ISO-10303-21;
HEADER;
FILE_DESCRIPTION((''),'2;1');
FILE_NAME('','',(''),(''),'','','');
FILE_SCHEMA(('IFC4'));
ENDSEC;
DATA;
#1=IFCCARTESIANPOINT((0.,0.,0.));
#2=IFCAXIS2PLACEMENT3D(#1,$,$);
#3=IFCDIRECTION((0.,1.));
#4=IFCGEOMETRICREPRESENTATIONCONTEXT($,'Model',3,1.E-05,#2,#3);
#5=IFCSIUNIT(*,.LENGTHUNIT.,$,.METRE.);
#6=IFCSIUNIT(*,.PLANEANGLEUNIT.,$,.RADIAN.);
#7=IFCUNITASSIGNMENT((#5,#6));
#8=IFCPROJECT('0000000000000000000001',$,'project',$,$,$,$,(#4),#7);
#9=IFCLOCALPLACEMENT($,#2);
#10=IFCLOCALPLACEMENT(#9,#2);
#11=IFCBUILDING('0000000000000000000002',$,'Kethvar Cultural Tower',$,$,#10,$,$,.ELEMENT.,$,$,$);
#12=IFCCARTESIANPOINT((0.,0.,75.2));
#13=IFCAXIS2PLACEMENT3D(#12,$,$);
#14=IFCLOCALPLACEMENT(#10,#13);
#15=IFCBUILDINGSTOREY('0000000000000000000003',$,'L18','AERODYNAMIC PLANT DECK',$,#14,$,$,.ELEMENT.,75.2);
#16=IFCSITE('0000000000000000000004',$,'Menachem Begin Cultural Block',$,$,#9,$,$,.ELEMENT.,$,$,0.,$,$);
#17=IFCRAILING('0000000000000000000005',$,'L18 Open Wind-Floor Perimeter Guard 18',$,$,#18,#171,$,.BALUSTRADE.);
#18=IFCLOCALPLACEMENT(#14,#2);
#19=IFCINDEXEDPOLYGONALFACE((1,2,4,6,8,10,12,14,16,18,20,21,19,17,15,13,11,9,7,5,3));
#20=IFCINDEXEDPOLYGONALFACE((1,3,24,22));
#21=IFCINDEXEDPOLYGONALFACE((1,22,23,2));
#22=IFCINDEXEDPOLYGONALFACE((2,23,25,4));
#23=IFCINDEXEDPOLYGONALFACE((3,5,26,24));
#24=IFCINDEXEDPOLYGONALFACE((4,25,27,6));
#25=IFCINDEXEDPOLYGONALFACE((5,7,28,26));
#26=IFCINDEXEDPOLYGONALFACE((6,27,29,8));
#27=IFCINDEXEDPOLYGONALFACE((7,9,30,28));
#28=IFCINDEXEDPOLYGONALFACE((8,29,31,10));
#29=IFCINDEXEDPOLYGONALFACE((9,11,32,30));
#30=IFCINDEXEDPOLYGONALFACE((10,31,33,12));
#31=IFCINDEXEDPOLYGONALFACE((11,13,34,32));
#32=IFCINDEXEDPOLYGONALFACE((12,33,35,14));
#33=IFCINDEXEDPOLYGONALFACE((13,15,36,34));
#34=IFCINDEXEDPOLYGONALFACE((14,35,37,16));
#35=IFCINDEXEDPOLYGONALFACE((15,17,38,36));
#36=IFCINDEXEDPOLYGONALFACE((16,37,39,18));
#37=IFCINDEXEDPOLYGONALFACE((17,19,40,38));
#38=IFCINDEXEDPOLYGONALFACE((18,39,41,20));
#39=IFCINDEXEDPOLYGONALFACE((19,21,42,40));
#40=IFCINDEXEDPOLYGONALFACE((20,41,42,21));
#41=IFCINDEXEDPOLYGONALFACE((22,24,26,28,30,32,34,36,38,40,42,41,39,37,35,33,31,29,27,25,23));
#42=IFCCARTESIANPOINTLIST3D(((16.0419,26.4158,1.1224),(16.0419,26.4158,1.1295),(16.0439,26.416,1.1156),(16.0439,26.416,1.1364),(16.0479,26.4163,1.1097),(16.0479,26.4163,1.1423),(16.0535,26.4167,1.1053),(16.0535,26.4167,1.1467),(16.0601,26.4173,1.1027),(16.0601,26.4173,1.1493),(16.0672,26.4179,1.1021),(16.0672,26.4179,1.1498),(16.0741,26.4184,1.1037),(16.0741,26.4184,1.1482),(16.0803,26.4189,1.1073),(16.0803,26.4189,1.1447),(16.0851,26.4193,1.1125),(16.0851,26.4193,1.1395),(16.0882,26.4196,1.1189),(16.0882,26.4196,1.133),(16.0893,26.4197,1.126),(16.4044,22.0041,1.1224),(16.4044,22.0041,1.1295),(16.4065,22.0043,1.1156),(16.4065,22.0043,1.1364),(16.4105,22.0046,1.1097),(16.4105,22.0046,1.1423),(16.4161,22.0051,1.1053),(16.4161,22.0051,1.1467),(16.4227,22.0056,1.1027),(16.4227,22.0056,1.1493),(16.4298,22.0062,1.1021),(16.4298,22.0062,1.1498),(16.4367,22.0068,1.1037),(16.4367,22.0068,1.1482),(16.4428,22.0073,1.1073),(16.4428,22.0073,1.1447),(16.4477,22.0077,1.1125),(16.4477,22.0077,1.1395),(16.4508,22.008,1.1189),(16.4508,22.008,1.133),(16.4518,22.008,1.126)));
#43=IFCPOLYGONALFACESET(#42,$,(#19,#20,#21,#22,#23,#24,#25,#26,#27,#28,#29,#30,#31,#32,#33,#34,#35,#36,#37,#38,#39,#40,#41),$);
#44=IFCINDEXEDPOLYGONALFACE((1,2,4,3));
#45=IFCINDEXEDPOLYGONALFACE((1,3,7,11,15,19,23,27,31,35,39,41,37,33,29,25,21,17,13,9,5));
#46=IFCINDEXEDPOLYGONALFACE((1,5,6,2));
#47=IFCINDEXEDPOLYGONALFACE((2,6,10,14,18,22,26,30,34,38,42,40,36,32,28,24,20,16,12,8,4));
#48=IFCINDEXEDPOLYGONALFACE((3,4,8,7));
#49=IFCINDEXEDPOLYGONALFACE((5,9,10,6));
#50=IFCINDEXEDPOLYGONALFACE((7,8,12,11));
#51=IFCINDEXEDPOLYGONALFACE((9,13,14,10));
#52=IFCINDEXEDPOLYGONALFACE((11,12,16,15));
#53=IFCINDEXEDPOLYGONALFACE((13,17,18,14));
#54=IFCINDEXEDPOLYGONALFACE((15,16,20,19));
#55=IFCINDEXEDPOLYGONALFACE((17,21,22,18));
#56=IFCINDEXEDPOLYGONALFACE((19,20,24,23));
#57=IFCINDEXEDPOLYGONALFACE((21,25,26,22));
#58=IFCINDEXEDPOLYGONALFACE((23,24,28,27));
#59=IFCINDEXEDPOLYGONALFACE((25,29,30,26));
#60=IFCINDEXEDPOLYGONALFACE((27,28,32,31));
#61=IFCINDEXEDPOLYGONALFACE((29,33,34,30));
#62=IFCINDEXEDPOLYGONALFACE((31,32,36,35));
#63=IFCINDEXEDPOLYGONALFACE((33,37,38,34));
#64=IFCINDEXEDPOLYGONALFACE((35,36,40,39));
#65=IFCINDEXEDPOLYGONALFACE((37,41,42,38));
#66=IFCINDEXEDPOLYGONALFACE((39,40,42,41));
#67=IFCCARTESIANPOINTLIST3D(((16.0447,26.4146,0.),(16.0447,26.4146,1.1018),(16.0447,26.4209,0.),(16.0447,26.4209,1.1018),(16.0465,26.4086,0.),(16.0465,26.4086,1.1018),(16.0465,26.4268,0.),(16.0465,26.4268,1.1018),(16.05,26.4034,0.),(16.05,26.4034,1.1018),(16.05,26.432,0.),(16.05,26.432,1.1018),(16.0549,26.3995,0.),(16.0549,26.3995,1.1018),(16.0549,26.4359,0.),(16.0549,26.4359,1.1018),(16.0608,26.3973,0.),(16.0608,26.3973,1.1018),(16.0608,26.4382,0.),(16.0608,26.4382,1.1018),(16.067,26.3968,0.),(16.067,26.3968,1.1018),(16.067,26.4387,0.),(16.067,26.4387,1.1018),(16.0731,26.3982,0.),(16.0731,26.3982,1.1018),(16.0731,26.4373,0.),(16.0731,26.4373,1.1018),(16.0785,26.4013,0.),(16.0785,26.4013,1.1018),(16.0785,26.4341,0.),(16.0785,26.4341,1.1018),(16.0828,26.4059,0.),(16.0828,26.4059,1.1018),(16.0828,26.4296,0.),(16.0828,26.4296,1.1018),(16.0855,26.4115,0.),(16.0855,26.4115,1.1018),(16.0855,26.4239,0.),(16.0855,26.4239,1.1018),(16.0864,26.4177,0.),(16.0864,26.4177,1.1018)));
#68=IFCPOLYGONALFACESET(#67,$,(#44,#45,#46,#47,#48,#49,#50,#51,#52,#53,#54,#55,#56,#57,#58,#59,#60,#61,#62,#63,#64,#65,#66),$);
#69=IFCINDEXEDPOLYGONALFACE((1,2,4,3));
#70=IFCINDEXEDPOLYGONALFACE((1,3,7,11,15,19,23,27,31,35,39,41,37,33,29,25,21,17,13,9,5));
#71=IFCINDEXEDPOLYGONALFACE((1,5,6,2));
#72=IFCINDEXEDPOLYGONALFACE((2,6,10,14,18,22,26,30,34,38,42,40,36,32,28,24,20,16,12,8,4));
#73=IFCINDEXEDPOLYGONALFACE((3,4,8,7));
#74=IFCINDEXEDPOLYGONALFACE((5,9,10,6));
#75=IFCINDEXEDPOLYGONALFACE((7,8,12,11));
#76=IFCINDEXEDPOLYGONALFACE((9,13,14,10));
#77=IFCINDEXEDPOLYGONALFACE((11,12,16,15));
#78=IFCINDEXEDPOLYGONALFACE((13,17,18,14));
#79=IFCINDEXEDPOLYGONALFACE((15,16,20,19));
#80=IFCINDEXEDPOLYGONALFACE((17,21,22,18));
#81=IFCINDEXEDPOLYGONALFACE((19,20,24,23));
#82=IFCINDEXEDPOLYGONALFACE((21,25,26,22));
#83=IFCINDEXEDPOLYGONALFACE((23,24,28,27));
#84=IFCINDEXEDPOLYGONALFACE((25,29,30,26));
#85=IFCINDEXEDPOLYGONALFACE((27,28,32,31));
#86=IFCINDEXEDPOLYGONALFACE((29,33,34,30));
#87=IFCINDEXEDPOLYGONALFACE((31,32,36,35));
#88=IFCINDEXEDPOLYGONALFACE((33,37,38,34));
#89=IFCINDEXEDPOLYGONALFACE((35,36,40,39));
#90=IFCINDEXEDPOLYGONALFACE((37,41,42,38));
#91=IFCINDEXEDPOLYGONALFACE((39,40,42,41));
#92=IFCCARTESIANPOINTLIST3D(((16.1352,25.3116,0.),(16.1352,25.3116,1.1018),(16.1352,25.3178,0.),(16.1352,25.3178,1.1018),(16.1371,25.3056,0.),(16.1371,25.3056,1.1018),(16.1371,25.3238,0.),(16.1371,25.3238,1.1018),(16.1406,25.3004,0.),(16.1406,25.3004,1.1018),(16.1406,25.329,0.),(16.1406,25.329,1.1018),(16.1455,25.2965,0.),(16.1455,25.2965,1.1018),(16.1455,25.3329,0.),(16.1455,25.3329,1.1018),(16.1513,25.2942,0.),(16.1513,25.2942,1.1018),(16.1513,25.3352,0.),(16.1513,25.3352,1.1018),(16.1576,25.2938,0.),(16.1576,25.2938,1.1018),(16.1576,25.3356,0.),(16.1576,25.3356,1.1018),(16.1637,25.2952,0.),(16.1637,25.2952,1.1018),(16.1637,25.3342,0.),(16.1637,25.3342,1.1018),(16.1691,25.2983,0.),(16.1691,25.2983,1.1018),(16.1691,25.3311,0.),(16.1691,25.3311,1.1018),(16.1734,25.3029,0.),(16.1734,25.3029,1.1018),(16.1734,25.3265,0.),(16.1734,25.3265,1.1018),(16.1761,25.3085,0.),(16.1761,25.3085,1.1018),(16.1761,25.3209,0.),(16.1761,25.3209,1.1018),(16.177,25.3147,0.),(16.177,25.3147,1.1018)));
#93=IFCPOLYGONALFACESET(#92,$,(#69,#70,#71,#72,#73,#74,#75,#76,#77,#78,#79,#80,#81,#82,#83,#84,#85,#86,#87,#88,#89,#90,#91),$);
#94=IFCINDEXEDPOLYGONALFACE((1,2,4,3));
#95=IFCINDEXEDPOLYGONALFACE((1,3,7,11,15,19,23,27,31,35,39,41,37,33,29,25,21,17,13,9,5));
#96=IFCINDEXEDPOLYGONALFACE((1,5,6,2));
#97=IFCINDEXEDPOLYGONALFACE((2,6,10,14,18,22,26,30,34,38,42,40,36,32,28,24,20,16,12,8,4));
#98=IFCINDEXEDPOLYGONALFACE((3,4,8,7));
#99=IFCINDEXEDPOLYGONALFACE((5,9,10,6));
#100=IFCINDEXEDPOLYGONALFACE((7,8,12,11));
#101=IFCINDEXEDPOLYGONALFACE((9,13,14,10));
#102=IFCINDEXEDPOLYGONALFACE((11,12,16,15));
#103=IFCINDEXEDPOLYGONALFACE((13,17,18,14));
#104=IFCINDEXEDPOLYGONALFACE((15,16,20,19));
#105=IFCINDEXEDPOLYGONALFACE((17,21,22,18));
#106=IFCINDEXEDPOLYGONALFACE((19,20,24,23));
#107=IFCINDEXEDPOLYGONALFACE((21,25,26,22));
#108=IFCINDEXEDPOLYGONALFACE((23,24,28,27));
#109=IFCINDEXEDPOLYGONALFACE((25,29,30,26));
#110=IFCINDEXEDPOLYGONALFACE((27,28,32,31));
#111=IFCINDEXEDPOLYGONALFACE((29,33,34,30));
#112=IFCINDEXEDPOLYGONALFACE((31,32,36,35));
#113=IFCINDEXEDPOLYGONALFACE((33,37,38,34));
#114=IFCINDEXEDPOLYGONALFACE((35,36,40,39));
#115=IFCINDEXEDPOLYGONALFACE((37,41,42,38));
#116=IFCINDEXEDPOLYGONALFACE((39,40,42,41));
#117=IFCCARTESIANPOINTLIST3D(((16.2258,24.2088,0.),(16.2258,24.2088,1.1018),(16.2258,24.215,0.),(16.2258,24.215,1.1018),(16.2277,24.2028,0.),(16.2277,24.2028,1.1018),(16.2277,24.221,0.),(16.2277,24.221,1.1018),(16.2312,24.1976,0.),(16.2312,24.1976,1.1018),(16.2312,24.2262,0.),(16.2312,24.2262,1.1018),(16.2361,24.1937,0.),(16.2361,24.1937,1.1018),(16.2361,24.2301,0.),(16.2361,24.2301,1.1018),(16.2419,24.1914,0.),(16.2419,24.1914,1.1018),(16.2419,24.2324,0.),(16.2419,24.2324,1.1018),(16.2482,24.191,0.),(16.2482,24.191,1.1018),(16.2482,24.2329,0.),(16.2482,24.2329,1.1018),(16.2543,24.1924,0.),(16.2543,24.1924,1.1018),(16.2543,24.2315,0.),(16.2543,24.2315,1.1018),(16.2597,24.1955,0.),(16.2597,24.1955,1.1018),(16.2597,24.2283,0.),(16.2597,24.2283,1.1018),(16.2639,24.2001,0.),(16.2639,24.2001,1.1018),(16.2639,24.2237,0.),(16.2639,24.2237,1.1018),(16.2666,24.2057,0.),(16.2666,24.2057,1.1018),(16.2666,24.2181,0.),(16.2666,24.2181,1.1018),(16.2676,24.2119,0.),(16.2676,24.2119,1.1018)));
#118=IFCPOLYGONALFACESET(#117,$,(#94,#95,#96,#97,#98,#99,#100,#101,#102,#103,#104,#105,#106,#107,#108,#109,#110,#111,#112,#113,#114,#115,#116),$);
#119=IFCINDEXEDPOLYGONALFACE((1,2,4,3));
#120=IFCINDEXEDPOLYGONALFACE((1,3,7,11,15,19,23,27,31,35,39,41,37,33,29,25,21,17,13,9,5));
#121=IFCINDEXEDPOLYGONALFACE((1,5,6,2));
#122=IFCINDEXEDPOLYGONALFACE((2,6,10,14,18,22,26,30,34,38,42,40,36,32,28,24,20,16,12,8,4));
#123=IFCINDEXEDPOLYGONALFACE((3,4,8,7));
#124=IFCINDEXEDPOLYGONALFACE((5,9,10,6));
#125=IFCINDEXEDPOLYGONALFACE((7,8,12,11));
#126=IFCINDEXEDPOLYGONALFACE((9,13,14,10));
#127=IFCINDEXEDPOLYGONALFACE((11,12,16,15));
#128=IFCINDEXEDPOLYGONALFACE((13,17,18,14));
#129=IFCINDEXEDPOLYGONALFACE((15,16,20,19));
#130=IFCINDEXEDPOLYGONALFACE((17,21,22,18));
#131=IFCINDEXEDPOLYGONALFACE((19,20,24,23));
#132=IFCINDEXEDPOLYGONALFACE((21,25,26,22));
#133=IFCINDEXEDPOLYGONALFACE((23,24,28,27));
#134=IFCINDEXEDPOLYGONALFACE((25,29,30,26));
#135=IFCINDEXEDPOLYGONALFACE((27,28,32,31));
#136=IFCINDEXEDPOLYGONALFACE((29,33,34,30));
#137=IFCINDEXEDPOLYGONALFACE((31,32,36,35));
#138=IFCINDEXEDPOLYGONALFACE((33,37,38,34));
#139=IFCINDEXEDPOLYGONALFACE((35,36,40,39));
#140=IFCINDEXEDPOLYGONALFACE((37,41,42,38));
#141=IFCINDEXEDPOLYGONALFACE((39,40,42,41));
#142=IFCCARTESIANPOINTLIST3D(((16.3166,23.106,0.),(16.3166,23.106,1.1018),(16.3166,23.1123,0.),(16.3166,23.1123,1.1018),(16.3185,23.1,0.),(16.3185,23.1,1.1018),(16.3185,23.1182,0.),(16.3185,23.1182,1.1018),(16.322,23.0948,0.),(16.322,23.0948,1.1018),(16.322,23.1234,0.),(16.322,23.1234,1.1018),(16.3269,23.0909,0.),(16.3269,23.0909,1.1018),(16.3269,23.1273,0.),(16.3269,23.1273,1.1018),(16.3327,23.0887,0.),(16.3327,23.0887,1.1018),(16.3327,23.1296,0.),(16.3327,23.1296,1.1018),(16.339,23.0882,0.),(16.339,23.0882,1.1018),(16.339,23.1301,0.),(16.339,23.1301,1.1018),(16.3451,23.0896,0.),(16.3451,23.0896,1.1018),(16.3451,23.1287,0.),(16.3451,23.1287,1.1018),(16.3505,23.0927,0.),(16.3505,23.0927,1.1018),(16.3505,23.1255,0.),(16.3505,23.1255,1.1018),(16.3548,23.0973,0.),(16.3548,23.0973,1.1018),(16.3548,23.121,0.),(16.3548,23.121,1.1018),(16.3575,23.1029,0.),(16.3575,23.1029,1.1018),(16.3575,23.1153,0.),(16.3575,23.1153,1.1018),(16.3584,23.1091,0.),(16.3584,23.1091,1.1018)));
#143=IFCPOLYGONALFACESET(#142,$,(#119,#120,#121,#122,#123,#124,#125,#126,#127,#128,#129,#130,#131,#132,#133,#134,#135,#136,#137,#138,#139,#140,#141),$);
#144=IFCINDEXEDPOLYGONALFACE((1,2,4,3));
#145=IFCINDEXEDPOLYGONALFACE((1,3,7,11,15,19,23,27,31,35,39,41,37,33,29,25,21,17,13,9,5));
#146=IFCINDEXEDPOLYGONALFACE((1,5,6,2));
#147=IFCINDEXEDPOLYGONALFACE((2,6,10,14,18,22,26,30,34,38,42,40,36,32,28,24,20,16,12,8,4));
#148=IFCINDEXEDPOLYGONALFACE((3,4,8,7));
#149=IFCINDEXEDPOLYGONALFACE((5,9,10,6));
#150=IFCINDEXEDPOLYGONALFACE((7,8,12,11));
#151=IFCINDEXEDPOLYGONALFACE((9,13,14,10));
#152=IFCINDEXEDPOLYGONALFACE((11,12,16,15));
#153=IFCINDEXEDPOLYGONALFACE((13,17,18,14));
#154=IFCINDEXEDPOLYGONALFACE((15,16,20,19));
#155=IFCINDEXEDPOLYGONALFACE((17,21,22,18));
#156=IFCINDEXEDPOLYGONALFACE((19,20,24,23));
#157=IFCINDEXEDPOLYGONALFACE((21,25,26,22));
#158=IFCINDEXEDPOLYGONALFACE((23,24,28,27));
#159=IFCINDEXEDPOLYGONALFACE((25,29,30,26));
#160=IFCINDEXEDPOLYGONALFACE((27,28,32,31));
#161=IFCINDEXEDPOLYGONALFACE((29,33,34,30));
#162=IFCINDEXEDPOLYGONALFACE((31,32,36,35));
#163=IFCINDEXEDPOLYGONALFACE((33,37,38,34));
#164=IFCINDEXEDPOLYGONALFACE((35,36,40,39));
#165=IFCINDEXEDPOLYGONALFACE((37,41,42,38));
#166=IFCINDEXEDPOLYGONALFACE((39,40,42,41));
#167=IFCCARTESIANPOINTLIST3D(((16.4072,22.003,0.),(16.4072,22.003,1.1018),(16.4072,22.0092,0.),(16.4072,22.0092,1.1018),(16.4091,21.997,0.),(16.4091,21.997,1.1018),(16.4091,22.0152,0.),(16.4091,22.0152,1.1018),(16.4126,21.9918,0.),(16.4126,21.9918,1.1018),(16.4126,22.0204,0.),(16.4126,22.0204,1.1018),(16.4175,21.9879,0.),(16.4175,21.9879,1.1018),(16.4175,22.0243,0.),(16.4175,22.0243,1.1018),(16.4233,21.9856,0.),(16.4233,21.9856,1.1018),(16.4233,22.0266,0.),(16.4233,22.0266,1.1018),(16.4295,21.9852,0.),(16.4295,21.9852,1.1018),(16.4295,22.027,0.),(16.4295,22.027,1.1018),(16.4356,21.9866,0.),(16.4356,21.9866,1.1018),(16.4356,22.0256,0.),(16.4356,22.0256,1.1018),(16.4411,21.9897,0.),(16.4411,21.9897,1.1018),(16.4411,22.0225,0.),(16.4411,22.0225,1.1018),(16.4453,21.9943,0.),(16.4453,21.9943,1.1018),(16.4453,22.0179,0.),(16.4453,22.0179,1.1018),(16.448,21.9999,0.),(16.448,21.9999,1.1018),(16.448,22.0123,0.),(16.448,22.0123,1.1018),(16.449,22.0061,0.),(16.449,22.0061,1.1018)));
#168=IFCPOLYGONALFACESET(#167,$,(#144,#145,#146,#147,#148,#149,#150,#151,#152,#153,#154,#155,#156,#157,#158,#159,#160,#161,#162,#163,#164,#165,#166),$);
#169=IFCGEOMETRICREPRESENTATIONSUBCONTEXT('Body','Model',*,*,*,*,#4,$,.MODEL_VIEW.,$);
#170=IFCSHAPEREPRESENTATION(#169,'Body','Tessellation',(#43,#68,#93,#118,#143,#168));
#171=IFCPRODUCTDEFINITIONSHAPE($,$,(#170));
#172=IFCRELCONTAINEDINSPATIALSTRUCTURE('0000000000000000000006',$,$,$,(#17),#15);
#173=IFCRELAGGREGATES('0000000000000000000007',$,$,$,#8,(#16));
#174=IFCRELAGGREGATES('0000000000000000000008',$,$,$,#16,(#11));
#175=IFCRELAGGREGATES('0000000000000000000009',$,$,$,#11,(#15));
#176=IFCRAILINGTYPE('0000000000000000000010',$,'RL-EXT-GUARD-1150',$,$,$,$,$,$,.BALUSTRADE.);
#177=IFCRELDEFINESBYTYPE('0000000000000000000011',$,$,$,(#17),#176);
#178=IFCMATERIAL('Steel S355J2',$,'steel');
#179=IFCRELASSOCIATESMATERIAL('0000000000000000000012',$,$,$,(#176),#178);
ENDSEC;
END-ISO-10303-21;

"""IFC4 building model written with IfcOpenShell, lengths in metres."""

from ifc_helpers import new_model, si_unit, direction, frame, origin, origin_2d, place, context, subcontext, project, spatial, circle, extrude, material, type_object, element, save


model = new_model("IFC4")

# Units and contexts
model_context = context("Model", 3, precision=1e-05, world=origin(), true_north=direction((0.0, 1.0)))
body_context = subcontext(model_context, "Body", "Model", "MODEL_VIEW")
ifc_project = project(units=[si_unit("LENGTHUNIT", "METRE"), si_unit("PLANEANGLEUNIT", "RADIAN")], contexts=[model_context])

# Site, building, storey
site_placement = place(None, origin())
site = spatial("IfcSite", under=ifc_project, at=site_placement, Name="Menachem Begin Cultural Block", CompositionType="ELEMENT", RefElevation=0.0)
building_placement = place(site_placement, origin())
building = spatial("IfcBuilding", under=site, at=building_placement, Name="Kethvar Cultural Tower", CompositionType="ELEMENT")
storey_placement = place(building_placement, frame((0.0, 0.0, 75.2)))
storey = spatial("IfcBuildingStorey", under=building, at=storey_placement, Name="L18", Description="AERODYNAMIC PLANT DECK", CompositionType="ELEMENT", Elevation=75.2)

# Shared definitions
ifc_material_1 = material(Name="Steel S355J2", Category="steel")

# Railing
railing_type = type_object("IfcRailingType", Name="RL-EXT-GUARD-1150", PredefinedType="BALUSTRADE", material=ifc_material_1)
railing_1_placement = place(storey_placement, frame((16.0654, 26.4177, 0.0)))
element("IfcRailing", 1, at=railing_1_placement, inside=storey, type_object=railing_type, Name="L18 Open Wind-Floor Perimeter Guard 18", PredefinedType="BALUSTRADE", context=body_context, shape_type="SweptSolid", body=[
    extrude(circle(Radius=0.0239, at=origin_2d()), frame((0.0, 0.0, 1.126), z_axis=(0.081904, -0.99664, 0.0), x_axis=(0.99664, 0.081904, 0.0)), (0.0, 0.0, 1.0), 4.4265),
    extrude(circle(Radius=0.021, at=origin_2d()), origin(), (0.0, 0.0, 1.0), 1.1018),
    extrude(circle(Radius=0.021, at=origin_2d()), frame((0.0906, -1.103, 0.0)), (0.0, 0.0, 1.0), 1.1018),
    extrude(circle(Radius=0.021, at=origin_2d()), frame((0.1812, -2.2058, 0.0)), (0.0, 0.0, 1.0), 1.1018),
    extrude(circle(Radius=0.021, at=origin_2d()), frame((0.272, -3.3086, 0.0)), (0.0, 0.0, 1.0), 1.1018),
    extrude(circle(Radius=0.021, at=origin_2d()), frame((0.3625, -4.4116, 0.0)), (0.0, 0.0, 1.0), 1.1018),
])

save(model, "model.ifc")
